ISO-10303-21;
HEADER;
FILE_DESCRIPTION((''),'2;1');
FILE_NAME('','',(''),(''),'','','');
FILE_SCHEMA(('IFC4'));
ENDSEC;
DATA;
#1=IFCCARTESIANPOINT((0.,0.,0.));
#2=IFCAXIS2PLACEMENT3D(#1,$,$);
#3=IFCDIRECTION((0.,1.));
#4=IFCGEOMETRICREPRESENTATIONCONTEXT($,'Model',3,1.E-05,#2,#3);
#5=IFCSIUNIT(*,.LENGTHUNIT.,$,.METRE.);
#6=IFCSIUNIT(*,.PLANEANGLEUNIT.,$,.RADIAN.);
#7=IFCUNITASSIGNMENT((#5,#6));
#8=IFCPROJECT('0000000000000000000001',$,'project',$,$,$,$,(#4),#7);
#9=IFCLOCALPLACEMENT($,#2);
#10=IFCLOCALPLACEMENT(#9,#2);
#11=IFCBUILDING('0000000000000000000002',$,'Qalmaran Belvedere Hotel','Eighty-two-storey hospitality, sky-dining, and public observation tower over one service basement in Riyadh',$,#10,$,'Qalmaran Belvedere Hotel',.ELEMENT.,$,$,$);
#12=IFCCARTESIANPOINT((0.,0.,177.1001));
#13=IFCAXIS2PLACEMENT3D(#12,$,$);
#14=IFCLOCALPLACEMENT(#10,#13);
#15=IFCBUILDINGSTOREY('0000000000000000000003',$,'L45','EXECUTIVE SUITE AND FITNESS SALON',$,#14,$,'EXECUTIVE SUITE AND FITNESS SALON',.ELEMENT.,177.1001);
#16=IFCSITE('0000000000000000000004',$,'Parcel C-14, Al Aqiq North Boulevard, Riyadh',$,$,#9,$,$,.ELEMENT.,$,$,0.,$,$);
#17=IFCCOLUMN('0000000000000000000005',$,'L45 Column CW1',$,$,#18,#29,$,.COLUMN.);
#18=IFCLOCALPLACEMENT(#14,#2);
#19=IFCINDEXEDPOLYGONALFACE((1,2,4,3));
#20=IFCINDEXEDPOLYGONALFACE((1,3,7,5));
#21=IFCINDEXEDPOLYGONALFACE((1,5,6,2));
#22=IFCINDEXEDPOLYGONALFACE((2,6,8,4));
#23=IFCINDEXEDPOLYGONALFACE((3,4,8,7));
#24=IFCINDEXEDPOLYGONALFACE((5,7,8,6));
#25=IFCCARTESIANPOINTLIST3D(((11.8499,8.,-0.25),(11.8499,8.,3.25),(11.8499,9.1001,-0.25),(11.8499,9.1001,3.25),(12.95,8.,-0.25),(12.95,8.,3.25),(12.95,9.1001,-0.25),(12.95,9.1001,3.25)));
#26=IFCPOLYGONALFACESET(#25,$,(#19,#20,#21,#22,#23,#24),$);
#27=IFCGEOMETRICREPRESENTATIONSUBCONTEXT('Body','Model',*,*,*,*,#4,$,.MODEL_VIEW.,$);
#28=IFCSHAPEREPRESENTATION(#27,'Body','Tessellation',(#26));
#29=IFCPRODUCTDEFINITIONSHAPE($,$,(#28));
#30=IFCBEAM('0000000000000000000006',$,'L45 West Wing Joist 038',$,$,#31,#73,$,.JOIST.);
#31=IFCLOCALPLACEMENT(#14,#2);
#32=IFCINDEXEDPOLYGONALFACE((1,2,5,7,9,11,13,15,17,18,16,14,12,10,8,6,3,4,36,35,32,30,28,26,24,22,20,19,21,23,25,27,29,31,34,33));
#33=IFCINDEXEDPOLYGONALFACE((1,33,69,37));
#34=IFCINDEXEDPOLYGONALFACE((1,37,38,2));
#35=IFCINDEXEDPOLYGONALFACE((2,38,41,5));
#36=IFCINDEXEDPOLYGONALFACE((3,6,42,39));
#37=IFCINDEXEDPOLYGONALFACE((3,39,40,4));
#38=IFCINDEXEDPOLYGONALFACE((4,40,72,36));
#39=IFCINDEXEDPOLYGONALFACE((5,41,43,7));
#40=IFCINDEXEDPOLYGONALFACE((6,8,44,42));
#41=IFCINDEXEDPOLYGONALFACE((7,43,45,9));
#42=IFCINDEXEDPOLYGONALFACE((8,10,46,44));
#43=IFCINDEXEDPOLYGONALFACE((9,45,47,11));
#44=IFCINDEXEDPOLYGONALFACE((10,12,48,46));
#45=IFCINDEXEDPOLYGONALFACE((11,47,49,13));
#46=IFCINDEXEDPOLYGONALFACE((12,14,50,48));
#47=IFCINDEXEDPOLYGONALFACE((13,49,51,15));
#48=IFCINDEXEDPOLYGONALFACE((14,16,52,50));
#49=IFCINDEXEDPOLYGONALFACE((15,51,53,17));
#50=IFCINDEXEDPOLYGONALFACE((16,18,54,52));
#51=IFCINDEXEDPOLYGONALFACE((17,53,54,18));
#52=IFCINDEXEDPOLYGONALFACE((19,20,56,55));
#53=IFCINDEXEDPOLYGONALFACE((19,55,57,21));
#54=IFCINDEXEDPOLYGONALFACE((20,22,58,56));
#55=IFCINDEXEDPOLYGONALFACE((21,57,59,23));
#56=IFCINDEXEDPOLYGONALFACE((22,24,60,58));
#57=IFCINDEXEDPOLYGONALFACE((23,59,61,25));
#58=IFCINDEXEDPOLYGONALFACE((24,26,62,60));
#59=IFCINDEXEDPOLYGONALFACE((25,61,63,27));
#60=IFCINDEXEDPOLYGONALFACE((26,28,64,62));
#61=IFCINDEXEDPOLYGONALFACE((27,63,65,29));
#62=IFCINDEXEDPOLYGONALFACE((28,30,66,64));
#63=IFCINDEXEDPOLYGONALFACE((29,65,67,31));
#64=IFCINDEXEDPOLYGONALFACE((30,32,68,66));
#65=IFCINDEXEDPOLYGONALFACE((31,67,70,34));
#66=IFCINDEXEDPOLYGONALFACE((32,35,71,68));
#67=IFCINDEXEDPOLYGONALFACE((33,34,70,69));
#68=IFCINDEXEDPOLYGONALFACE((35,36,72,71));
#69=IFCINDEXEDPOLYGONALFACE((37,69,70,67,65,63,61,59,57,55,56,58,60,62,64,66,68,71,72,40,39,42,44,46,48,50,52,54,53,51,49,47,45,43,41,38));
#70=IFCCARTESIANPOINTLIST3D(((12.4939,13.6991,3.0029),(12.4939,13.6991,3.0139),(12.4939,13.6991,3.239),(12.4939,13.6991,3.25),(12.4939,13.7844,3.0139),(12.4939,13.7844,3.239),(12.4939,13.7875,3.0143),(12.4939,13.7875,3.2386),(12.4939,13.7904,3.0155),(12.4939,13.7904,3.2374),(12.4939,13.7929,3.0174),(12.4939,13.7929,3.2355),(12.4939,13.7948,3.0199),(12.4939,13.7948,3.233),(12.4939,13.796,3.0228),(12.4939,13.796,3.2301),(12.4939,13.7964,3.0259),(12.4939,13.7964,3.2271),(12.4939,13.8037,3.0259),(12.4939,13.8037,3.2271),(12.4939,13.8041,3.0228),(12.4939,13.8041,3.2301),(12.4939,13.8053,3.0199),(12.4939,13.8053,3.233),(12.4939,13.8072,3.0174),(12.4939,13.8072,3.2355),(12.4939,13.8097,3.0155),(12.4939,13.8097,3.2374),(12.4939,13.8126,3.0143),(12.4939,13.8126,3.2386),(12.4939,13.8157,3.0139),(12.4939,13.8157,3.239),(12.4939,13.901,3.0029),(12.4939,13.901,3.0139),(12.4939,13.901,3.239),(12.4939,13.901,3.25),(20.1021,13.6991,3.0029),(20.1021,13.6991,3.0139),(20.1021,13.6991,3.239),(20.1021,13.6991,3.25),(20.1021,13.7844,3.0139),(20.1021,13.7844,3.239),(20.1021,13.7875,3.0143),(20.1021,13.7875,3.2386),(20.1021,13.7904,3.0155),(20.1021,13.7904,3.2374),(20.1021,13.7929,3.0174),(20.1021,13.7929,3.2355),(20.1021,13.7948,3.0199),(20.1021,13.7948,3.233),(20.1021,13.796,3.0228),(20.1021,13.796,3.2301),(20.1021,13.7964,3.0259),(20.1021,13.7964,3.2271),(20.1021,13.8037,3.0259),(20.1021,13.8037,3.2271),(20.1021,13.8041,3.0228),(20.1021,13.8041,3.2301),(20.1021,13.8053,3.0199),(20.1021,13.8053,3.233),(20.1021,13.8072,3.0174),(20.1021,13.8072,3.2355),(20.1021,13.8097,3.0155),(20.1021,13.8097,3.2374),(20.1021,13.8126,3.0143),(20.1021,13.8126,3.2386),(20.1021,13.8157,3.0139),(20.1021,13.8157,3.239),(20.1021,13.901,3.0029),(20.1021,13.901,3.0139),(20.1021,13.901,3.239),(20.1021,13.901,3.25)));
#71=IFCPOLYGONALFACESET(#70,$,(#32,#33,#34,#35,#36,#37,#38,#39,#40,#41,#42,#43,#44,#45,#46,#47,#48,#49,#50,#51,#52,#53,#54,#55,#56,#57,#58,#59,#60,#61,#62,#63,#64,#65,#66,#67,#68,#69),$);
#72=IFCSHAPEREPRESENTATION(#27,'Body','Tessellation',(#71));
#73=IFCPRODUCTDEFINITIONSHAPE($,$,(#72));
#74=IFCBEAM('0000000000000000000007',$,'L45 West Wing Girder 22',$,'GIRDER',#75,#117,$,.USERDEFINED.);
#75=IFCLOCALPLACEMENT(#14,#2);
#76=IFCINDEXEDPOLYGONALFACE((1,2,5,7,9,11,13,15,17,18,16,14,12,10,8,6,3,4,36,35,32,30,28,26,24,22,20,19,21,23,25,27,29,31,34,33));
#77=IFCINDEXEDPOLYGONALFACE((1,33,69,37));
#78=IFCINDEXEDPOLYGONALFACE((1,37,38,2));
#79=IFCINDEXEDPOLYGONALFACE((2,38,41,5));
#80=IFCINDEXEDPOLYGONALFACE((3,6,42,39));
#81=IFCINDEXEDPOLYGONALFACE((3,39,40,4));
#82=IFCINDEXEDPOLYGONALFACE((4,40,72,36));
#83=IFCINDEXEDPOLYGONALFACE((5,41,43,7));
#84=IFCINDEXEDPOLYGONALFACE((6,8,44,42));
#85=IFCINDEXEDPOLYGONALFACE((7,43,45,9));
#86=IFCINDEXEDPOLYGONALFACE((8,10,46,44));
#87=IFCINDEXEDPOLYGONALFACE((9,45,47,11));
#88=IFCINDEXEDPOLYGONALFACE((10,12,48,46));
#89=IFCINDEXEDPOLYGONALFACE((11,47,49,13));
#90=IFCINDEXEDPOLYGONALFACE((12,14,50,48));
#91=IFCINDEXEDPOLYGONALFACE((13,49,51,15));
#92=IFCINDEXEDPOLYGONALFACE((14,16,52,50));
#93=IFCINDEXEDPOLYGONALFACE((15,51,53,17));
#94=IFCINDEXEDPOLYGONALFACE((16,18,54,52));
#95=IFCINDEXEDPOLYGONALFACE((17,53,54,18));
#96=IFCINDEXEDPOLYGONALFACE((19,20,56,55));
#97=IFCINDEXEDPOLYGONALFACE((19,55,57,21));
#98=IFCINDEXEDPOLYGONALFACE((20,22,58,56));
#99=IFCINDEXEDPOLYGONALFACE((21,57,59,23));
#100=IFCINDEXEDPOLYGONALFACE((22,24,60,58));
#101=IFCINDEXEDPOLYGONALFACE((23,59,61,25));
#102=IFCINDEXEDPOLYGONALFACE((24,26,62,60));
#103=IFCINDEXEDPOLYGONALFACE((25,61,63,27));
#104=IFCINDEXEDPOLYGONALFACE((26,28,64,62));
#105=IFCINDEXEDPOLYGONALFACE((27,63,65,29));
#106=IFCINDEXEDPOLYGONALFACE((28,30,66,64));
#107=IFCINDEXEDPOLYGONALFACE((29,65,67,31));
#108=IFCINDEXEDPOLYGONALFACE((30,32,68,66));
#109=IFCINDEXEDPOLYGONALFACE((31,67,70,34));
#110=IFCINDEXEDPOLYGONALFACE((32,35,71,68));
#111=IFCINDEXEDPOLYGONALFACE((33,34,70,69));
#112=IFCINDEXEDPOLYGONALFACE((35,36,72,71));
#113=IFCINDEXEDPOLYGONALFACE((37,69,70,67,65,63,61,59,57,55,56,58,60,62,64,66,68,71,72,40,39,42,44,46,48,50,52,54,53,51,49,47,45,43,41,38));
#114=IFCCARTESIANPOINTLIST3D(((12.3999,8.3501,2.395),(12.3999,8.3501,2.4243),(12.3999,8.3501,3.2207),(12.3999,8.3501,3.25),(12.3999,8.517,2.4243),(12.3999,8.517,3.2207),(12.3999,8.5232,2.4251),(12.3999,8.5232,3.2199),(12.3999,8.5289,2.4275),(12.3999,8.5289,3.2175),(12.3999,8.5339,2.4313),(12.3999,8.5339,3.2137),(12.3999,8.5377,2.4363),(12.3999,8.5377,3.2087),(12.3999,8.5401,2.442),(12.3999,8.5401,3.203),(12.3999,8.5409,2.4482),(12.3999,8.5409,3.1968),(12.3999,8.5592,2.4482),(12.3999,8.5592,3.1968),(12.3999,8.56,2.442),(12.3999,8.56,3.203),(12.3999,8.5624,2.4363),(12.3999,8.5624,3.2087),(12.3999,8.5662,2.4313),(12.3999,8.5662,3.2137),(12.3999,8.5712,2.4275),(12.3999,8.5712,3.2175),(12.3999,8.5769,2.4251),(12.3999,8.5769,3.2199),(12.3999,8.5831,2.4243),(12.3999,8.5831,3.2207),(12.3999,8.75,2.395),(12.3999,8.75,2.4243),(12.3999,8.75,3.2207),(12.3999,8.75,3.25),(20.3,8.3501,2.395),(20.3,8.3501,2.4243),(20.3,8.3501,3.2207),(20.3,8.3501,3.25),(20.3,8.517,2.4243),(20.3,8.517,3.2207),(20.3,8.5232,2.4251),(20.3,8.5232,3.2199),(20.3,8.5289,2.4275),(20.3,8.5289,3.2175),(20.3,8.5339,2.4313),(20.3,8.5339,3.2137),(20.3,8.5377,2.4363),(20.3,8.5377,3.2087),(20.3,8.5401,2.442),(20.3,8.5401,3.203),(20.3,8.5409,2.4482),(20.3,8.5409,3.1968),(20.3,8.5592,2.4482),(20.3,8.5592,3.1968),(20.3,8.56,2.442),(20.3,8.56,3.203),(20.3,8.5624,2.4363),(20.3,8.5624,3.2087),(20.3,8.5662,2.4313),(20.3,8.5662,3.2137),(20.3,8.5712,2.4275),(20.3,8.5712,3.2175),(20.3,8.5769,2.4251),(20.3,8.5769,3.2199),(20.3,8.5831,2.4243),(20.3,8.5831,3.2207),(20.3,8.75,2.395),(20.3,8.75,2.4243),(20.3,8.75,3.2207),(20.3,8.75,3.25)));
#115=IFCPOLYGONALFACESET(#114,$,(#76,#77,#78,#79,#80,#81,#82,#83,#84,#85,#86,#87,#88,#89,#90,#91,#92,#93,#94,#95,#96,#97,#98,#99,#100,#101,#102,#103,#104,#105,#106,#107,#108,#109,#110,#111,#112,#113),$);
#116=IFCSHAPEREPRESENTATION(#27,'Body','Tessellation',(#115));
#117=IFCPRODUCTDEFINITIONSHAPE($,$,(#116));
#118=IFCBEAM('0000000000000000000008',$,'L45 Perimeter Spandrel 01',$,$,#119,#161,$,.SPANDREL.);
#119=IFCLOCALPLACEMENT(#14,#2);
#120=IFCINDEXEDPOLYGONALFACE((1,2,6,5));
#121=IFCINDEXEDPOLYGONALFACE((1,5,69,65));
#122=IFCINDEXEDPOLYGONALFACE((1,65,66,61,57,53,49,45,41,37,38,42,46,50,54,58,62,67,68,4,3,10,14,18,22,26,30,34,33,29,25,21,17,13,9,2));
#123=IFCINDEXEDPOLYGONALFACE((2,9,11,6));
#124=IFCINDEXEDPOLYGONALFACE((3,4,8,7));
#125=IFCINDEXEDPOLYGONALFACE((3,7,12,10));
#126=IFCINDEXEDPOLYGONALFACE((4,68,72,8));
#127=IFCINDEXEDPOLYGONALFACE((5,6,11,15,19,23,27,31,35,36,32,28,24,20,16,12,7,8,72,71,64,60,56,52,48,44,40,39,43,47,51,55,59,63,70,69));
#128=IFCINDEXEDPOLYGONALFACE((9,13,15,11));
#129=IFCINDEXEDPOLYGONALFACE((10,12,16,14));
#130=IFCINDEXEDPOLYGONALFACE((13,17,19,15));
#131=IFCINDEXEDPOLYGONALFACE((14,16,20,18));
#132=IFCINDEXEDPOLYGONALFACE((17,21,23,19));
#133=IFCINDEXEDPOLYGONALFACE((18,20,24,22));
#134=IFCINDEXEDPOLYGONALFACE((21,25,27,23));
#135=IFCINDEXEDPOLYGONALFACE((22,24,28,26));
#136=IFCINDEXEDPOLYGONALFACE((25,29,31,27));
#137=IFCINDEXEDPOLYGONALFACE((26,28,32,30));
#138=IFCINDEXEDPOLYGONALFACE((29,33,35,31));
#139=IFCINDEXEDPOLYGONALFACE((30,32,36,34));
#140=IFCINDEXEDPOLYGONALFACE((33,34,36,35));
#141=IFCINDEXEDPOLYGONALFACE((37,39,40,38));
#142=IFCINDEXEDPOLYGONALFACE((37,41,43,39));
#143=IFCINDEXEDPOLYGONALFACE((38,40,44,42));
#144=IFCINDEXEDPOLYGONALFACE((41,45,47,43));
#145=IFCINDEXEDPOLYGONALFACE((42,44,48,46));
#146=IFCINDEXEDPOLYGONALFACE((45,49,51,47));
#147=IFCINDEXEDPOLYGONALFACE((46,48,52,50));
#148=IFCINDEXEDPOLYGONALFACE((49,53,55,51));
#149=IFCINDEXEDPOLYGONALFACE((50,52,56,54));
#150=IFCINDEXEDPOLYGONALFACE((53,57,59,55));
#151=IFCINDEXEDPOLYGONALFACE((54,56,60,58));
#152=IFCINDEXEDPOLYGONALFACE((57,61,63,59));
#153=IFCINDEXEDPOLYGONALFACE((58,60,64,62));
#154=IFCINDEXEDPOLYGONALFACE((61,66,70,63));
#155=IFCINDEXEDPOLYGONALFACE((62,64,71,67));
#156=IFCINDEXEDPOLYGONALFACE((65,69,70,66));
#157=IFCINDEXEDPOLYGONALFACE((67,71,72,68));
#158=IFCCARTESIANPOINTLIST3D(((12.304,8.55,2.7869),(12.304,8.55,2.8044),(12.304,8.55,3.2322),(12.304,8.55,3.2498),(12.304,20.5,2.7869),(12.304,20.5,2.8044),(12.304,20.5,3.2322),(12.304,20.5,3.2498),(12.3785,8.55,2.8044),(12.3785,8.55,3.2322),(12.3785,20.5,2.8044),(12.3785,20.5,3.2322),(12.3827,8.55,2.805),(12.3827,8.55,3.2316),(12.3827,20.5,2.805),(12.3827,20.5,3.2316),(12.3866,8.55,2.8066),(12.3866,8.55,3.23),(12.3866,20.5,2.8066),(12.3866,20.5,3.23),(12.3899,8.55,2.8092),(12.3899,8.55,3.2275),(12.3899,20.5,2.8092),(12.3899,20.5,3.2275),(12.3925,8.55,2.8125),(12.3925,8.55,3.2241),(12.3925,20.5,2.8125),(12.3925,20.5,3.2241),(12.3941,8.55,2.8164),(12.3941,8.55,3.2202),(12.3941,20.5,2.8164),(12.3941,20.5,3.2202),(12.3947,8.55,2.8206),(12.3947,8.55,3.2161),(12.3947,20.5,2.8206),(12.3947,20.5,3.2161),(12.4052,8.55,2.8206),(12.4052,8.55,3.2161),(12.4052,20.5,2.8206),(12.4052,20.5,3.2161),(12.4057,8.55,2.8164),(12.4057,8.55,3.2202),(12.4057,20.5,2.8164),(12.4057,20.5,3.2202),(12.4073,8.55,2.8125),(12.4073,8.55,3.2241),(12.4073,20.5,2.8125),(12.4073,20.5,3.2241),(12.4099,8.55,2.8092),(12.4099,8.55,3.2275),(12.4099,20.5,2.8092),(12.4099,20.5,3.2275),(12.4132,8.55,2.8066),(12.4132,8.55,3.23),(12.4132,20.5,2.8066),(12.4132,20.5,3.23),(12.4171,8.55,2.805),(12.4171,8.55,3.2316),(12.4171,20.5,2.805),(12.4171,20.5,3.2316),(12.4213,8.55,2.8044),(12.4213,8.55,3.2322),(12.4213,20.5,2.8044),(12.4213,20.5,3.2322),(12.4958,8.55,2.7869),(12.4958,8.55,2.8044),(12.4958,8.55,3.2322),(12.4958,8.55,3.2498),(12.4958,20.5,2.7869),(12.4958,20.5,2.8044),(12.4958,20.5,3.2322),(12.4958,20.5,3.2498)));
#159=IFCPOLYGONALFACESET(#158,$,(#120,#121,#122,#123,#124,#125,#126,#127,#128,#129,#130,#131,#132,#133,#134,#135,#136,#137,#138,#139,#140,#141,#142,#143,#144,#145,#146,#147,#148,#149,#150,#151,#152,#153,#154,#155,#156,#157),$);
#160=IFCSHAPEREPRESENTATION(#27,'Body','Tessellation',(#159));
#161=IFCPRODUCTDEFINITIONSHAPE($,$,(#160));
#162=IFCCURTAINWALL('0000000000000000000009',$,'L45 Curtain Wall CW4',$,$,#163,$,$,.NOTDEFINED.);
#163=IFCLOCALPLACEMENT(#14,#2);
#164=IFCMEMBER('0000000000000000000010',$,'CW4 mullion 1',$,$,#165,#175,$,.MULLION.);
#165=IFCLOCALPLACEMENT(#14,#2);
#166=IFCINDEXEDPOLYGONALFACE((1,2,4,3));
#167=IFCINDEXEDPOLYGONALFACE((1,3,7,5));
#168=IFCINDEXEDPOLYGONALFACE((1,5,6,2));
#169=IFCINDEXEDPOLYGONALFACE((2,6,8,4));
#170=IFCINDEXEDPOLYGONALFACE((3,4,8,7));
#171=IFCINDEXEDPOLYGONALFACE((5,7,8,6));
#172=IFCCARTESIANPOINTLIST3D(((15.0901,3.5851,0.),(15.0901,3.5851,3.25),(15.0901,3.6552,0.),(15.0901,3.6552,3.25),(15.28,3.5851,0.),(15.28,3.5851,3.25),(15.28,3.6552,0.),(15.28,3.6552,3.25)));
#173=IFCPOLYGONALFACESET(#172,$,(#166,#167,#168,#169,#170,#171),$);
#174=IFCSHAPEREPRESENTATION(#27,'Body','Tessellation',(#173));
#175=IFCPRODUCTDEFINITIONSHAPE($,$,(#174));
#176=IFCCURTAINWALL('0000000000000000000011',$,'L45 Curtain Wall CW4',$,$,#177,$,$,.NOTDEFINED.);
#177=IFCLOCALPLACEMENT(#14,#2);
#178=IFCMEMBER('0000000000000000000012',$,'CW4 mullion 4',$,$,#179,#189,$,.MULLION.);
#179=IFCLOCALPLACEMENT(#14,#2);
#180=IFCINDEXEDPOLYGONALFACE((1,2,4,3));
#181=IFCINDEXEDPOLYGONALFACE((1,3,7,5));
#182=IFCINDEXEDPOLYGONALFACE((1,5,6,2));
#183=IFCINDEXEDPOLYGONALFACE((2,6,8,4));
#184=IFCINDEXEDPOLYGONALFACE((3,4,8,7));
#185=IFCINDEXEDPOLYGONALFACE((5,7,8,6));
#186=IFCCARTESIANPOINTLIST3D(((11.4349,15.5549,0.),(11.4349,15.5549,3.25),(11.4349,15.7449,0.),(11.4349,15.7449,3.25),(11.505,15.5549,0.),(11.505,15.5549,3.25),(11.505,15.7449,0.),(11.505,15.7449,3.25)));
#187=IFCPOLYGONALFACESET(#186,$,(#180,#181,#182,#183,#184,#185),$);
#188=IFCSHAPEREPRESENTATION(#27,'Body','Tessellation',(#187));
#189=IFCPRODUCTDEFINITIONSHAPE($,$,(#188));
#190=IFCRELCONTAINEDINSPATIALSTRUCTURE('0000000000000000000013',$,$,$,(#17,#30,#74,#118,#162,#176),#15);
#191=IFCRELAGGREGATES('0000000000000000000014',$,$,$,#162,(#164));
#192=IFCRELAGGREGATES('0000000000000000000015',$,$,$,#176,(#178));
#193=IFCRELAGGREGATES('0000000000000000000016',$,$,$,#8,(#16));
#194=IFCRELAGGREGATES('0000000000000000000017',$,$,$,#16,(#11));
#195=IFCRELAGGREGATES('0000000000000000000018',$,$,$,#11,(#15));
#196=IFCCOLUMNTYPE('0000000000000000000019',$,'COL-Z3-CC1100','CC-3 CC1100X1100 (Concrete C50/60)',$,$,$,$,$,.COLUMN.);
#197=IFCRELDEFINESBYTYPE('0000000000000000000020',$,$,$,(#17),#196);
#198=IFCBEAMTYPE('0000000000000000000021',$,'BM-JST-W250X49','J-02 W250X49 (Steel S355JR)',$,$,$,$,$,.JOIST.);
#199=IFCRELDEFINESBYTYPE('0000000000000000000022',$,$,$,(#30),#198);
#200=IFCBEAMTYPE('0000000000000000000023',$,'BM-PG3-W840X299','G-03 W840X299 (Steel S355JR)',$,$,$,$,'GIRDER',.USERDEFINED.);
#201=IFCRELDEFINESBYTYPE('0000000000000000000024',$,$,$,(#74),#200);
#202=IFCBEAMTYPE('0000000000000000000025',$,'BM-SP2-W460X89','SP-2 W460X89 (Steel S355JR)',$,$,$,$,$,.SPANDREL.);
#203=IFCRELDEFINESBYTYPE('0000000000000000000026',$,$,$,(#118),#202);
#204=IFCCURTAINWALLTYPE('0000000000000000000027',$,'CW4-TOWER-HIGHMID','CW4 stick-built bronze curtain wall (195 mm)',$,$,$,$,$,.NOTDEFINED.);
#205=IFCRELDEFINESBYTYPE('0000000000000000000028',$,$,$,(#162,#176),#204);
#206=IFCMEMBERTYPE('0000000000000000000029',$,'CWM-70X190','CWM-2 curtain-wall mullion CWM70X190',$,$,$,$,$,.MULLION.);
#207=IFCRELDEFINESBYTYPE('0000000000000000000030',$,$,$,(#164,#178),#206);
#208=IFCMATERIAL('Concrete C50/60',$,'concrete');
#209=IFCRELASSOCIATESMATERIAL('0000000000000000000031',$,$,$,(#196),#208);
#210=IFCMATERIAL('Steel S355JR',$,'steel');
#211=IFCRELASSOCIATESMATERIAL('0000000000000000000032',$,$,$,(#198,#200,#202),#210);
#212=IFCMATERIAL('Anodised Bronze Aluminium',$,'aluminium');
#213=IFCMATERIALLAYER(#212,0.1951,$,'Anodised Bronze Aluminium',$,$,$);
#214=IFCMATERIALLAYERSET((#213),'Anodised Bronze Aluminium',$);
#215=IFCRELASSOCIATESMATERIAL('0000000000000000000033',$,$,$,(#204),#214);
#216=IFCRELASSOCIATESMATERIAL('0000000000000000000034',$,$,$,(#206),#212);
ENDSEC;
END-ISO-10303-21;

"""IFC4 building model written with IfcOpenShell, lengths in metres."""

from ifc_helpers import new_model, si_unit, direction, frame, origin, origin_2d, place, context, subcontext, project, spatial, rectangle, i_section, extrude, material, layer, layer_set, material_profile, profile_set, type_object, element, aggregate, save


model = new_model("IFC4")

# Units and contexts
model_context = context("Model", 3, precision=1e-05, world=origin(), true_north=direction((0.0, 1.0)))
body_context = subcontext(model_context, "Body", "Model", "MODEL_VIEW")
ifc_project = project(units=[si_unit("LENGTHUNIT", "METRE"), si_unit("PLANEANGLEUNIT", "RADIAN")], contexts=[model_context])

# Site, building, storey
site_placement = place(None, origin())
site = spatial("IfcSite", under=ifc_project, at=site_placement, Name="Parcel C-14, Al Aqiq North Boulevard, Riyadh", CompositionType="ELEMENT", RefElevation=0.0)
building_placement = place(site_placement, origin())
building = spatial("IfcBuilding", under=site, at=building_placement, Name="Qalmaran Belvedere Hotel", Description="Eighty-two-storey hospitality, sky-dining, and public observation tower over one service basement in Riyadh", LongName="Qalmaran Belvedere Hotel", CompositionType="ELEMENT")
storey_placement = place(building_placement, frame((0.0, 0.0, 177.1001)))
storey = spatial("IfcBuildingStorey", under=building, at=storey_placement, Name="L45", Description="EXECUTIVE SUITE AND FITNESS SALON", LongName="EXECUTIVE SUITE AND FITNESS SALON", CompositionType="ELEMENT", Elevation=177.1001)

# Column
ifc_material_1 = material(Name="Concrete C50/60", Category="concrete")
ifc_material_profile_1 = material_profile(ifc_material_1, rectangle(XDim=1.1001, YDim=1.1001, at=origin_2d()), Name="CC1100X1100")
ifc_profile_set_1 = profile_set([ifc_material_profile_1], Name="Concrete C50/60")
column_type = type_object("IfcColumnType", Name="COL-Z3-CC1100", Description="CC-3 CC1100X1100 (Concrete C50/60)", PredefinedType="COLUMN", material=ifc_profile_set_1)
column_placement = place(storey_placement, frame((12.3999, 8.55, -0.25), z_axis=(0.0, 0.0, 1.0), x_axis=(1.0, 0.0, 0.0)))
element("IfcColumn", 1, at=column_placement, inside=storey, type_object=column_type, Name="L45 Column CW1", PredefinedType="COLUMN", context=body_context, shape_type="SweptSolid", body=[
    extrude(rectangle(XDim=1.1001, YDim=1.1001, at=origin_2d()), origin(), (0.0, 0.0, 1.0), 3.5),
])

# Beams
ifc_material_2 = material(Name="Steel S355JR", Category="steel")
ifc_material_profile_2 = material_profile(ifc_material_2, i_section(OverallWidth=0.2019, OverallDepth=0.2471, WebThickness=0.0073, FlangeThickness=0.011, FilletRadius=0.012, at=origin_2d()), Name="W250X49")
ifc_profile_set_2 = profile_set([ifc_material_profile_2], Name="Steel S355JR")
beam_type_1 = type_object("IfcBeamType", Name="BM-JST-W250X49", Description="J-02 W250X49 (Steel S355JR)", PredefinedType="JOIST", material=ifc_profile_set_2)
beam_1_placement = place(storey_placement, frame((12.4939, 13.8, 3.1265), z_axis=(1.0, 0.0, 0.0), x_axis=(0.0, 1.0, 0.0)))
element("IfcBeam", 2, at=beam_1_placement, inside=storey, type_object=beam_type_1, Name="L45 West Wing Joist 038", PredefinedType="JOIST", context=body_context, shape_type="SweptSolid", body=[
    extrude(i_section(OverallWidth=0.2019, OverallDepth=0.2471, WebThickness=0.0073, FlangeThickness=0.011, FilletRadius=0.012, at=origin_2d()), origin(), (0.0, 0.0, 1.0), 7.6082),
])
ifc_material_profile_3 = material_profile(ifc_material_2, i_section(OverallWidth=0.3999, OverallDepth=0.855, WebThickness=0.0183, FlangeThickness=0.0293, FilletRadius=0.0239, at=origin_2d()), Name="W840X299")
ifc_profile_set_3 = profile_set([ifc_material_profile_3], Name="Steel S355JR")
beam_type_2 = type_object("IfcBeamType", Name="BM-PG3-W840X299", Description="G-03 W840X299 (Steel S355JR)", ElementType="GIRDER", PredefinedType="USERDEFINED", material=ifc_profile_set_3)
beam_2_placement = place(storey_placement, frame((12.3999, 8.55, 2.8225), z_axis=(1.0, 0.0, 0.0), x_axis=(0.0, 1.0, 0.0)))
element("IfcBeam", 3, at=beam_2_placement, inside=storey, type_object=beam_type_2, Name="L45 West Wing Girder 22", ObjectType="GIRDER", PredefinedType="USERDEFINED", context=body_context, shape_type="SweptSolid", body=[
    extrude(i_section(OverallWidth=0.3999, OverallDepth=0.855, WebThickness=0.0183, FlangeThickness=0.0293, FilletRadius=0.0239, at=origin_2d()), origin(), (0.0, 0.0, 1.0), 7.9001),
])
ifc_material_profile_4 = material_profile(ifc_material_2, i_section(OverallWidth=0.1919, OverallDepth=0.4629, WebThickness=0.0105, FlangeThickness=0.0176, FilletRadius=0.0161, at=origin_2d()), Name="W460X89")
ifc_profile_set_4 = profile_set([ifc_material_profile_4], Name="Steel S355JR")
beam_type_3 = type_object("IfcBeamType", Name="BM-SP2-W460X89", Description="SP-2 W460X89 (Steel S355JR)", PredefinedType="SPANDREL", material=ifc_profile_set_4)
beam_3_placement = place(storey_placement, frame((12.3999, 8.55, 3.0183), z_axis=(0.0, 1.0, 0.0), x_axis=(-1.0, 0.0, 0.0)))
element("IfcBeam", 4, at=beam_3_placement, inside=storey, type_object=beam_type_3, Name="L45 Perimeter Spandrel 01", PredefinedType="SPANDREL", context=body_context, shape_type="SweptSolid", body=[
    extrude(i_section(OverallWidth=0.1919, OverallDepth=0.4629, WebThickness=0.0105, FlangeThickness=0.0176, FilletRadius=0.0161, at=origin_2d()), origin(), (0.0, 0.0, 1.0), 11.95),
])

# Curtain wall, member
ifc_material_3 = material(Name="Anodised Bronze Aluminium", Category="aluminium")
ifc_layer_1 = layer(ifc_material_3, 0.1951, Name="Anodised Bronze Aluminium")
ifc_layer_set_1 = layer_set([ifc_layer_1], Name="Anodised Bronze Aluminium")
curtain_wall_type = type_object("IfcCurtainWallType", Name="CW4-TOWER-HIGHMID", Description="CW4 stick-built bronze curtain wall (195 mm)", PredefinedType="NOTDEFINED", material=ifc_layer_set_1)
curtain_wall_1_placement = place(storey_placement, origin())
curtain_wall_1 = element("IfcCurtainWall", 5, at=curtain_wall_1_placement, inside=storey, type_object=curtain_wall_type, Name="L45 Curtain Wall CW4", PredefinedType="NOTDEFINED")
ifc_material_profile_5 = material_profile(ifc_material_3, rectangle(XDim=0.0701, YDim=0.1899, at=origin_2d()), Name="CWM70X190")
ifc_profile_set_5 = profile_set([ifc_material_profile_5], Name="Anodised Bronze Aluminium")
member_type_1 = type_object("IfcMemberType", Name="CWM-70X190", Description="CWM-2 curtain-wall mullion CWM70X190", PredefinedType="MULLION", material=ifc_profile_set_5)
member_1_placement = place(storey_placement, frame((15.1851, 3.6201, 0.0), z_axis=(0.0, 0.0, 1.0), x_axis=(0.0, 1.0, 0.0)))
member_1 = element("IfcMember", 6, at=member_1_placement, type_object=member_type_1, Name="CW4 mullion 1", PredefinedType="MULLION", context=body_context, shape_type="SweptSolid", body=[
    extrude(rectangle(XDim=0.0701, YDim=0.1899, at=origin_2d()), origin(), (0.0, 0.0, 1.0), 3.25),
])

# Curtain wall, member
curtain_wall_2_placement = place(storey_placement, origin())
curtain_wall_2 = element("IfcCurtainWall", 7, at=curtain_wall_2_placement, inside=storey, type_object=curtain_wall_type, Name="L45 Curtain Wall CW4", PredefinedType="NOTDEFINED")
member_2_placement = place(storey_placement, frame((11.47, 15.6499, 0.0), z_axis=(0.0, 0.0, 1.0), x_axis=(1.0, 0.0, 0.0)))
member_2 = element("IfcMember", 8, at=member_2_placement, type_object=member_type_1, Name="CW4 mullion 4", PredefinedType="MULLION", context=body_context, shape_type="SweptSolid", body=[
    extrude(rectangle(XDim=0.0701, YDim=0.1899, at=origin_2d()), origin(), (0.0, 0.0, 1.0), 3.25),
])

aggregate(curtain_wall_1, [member_1])

aggregate(curtain_wall_2, [member_2])

save(model, "model.ifc")
